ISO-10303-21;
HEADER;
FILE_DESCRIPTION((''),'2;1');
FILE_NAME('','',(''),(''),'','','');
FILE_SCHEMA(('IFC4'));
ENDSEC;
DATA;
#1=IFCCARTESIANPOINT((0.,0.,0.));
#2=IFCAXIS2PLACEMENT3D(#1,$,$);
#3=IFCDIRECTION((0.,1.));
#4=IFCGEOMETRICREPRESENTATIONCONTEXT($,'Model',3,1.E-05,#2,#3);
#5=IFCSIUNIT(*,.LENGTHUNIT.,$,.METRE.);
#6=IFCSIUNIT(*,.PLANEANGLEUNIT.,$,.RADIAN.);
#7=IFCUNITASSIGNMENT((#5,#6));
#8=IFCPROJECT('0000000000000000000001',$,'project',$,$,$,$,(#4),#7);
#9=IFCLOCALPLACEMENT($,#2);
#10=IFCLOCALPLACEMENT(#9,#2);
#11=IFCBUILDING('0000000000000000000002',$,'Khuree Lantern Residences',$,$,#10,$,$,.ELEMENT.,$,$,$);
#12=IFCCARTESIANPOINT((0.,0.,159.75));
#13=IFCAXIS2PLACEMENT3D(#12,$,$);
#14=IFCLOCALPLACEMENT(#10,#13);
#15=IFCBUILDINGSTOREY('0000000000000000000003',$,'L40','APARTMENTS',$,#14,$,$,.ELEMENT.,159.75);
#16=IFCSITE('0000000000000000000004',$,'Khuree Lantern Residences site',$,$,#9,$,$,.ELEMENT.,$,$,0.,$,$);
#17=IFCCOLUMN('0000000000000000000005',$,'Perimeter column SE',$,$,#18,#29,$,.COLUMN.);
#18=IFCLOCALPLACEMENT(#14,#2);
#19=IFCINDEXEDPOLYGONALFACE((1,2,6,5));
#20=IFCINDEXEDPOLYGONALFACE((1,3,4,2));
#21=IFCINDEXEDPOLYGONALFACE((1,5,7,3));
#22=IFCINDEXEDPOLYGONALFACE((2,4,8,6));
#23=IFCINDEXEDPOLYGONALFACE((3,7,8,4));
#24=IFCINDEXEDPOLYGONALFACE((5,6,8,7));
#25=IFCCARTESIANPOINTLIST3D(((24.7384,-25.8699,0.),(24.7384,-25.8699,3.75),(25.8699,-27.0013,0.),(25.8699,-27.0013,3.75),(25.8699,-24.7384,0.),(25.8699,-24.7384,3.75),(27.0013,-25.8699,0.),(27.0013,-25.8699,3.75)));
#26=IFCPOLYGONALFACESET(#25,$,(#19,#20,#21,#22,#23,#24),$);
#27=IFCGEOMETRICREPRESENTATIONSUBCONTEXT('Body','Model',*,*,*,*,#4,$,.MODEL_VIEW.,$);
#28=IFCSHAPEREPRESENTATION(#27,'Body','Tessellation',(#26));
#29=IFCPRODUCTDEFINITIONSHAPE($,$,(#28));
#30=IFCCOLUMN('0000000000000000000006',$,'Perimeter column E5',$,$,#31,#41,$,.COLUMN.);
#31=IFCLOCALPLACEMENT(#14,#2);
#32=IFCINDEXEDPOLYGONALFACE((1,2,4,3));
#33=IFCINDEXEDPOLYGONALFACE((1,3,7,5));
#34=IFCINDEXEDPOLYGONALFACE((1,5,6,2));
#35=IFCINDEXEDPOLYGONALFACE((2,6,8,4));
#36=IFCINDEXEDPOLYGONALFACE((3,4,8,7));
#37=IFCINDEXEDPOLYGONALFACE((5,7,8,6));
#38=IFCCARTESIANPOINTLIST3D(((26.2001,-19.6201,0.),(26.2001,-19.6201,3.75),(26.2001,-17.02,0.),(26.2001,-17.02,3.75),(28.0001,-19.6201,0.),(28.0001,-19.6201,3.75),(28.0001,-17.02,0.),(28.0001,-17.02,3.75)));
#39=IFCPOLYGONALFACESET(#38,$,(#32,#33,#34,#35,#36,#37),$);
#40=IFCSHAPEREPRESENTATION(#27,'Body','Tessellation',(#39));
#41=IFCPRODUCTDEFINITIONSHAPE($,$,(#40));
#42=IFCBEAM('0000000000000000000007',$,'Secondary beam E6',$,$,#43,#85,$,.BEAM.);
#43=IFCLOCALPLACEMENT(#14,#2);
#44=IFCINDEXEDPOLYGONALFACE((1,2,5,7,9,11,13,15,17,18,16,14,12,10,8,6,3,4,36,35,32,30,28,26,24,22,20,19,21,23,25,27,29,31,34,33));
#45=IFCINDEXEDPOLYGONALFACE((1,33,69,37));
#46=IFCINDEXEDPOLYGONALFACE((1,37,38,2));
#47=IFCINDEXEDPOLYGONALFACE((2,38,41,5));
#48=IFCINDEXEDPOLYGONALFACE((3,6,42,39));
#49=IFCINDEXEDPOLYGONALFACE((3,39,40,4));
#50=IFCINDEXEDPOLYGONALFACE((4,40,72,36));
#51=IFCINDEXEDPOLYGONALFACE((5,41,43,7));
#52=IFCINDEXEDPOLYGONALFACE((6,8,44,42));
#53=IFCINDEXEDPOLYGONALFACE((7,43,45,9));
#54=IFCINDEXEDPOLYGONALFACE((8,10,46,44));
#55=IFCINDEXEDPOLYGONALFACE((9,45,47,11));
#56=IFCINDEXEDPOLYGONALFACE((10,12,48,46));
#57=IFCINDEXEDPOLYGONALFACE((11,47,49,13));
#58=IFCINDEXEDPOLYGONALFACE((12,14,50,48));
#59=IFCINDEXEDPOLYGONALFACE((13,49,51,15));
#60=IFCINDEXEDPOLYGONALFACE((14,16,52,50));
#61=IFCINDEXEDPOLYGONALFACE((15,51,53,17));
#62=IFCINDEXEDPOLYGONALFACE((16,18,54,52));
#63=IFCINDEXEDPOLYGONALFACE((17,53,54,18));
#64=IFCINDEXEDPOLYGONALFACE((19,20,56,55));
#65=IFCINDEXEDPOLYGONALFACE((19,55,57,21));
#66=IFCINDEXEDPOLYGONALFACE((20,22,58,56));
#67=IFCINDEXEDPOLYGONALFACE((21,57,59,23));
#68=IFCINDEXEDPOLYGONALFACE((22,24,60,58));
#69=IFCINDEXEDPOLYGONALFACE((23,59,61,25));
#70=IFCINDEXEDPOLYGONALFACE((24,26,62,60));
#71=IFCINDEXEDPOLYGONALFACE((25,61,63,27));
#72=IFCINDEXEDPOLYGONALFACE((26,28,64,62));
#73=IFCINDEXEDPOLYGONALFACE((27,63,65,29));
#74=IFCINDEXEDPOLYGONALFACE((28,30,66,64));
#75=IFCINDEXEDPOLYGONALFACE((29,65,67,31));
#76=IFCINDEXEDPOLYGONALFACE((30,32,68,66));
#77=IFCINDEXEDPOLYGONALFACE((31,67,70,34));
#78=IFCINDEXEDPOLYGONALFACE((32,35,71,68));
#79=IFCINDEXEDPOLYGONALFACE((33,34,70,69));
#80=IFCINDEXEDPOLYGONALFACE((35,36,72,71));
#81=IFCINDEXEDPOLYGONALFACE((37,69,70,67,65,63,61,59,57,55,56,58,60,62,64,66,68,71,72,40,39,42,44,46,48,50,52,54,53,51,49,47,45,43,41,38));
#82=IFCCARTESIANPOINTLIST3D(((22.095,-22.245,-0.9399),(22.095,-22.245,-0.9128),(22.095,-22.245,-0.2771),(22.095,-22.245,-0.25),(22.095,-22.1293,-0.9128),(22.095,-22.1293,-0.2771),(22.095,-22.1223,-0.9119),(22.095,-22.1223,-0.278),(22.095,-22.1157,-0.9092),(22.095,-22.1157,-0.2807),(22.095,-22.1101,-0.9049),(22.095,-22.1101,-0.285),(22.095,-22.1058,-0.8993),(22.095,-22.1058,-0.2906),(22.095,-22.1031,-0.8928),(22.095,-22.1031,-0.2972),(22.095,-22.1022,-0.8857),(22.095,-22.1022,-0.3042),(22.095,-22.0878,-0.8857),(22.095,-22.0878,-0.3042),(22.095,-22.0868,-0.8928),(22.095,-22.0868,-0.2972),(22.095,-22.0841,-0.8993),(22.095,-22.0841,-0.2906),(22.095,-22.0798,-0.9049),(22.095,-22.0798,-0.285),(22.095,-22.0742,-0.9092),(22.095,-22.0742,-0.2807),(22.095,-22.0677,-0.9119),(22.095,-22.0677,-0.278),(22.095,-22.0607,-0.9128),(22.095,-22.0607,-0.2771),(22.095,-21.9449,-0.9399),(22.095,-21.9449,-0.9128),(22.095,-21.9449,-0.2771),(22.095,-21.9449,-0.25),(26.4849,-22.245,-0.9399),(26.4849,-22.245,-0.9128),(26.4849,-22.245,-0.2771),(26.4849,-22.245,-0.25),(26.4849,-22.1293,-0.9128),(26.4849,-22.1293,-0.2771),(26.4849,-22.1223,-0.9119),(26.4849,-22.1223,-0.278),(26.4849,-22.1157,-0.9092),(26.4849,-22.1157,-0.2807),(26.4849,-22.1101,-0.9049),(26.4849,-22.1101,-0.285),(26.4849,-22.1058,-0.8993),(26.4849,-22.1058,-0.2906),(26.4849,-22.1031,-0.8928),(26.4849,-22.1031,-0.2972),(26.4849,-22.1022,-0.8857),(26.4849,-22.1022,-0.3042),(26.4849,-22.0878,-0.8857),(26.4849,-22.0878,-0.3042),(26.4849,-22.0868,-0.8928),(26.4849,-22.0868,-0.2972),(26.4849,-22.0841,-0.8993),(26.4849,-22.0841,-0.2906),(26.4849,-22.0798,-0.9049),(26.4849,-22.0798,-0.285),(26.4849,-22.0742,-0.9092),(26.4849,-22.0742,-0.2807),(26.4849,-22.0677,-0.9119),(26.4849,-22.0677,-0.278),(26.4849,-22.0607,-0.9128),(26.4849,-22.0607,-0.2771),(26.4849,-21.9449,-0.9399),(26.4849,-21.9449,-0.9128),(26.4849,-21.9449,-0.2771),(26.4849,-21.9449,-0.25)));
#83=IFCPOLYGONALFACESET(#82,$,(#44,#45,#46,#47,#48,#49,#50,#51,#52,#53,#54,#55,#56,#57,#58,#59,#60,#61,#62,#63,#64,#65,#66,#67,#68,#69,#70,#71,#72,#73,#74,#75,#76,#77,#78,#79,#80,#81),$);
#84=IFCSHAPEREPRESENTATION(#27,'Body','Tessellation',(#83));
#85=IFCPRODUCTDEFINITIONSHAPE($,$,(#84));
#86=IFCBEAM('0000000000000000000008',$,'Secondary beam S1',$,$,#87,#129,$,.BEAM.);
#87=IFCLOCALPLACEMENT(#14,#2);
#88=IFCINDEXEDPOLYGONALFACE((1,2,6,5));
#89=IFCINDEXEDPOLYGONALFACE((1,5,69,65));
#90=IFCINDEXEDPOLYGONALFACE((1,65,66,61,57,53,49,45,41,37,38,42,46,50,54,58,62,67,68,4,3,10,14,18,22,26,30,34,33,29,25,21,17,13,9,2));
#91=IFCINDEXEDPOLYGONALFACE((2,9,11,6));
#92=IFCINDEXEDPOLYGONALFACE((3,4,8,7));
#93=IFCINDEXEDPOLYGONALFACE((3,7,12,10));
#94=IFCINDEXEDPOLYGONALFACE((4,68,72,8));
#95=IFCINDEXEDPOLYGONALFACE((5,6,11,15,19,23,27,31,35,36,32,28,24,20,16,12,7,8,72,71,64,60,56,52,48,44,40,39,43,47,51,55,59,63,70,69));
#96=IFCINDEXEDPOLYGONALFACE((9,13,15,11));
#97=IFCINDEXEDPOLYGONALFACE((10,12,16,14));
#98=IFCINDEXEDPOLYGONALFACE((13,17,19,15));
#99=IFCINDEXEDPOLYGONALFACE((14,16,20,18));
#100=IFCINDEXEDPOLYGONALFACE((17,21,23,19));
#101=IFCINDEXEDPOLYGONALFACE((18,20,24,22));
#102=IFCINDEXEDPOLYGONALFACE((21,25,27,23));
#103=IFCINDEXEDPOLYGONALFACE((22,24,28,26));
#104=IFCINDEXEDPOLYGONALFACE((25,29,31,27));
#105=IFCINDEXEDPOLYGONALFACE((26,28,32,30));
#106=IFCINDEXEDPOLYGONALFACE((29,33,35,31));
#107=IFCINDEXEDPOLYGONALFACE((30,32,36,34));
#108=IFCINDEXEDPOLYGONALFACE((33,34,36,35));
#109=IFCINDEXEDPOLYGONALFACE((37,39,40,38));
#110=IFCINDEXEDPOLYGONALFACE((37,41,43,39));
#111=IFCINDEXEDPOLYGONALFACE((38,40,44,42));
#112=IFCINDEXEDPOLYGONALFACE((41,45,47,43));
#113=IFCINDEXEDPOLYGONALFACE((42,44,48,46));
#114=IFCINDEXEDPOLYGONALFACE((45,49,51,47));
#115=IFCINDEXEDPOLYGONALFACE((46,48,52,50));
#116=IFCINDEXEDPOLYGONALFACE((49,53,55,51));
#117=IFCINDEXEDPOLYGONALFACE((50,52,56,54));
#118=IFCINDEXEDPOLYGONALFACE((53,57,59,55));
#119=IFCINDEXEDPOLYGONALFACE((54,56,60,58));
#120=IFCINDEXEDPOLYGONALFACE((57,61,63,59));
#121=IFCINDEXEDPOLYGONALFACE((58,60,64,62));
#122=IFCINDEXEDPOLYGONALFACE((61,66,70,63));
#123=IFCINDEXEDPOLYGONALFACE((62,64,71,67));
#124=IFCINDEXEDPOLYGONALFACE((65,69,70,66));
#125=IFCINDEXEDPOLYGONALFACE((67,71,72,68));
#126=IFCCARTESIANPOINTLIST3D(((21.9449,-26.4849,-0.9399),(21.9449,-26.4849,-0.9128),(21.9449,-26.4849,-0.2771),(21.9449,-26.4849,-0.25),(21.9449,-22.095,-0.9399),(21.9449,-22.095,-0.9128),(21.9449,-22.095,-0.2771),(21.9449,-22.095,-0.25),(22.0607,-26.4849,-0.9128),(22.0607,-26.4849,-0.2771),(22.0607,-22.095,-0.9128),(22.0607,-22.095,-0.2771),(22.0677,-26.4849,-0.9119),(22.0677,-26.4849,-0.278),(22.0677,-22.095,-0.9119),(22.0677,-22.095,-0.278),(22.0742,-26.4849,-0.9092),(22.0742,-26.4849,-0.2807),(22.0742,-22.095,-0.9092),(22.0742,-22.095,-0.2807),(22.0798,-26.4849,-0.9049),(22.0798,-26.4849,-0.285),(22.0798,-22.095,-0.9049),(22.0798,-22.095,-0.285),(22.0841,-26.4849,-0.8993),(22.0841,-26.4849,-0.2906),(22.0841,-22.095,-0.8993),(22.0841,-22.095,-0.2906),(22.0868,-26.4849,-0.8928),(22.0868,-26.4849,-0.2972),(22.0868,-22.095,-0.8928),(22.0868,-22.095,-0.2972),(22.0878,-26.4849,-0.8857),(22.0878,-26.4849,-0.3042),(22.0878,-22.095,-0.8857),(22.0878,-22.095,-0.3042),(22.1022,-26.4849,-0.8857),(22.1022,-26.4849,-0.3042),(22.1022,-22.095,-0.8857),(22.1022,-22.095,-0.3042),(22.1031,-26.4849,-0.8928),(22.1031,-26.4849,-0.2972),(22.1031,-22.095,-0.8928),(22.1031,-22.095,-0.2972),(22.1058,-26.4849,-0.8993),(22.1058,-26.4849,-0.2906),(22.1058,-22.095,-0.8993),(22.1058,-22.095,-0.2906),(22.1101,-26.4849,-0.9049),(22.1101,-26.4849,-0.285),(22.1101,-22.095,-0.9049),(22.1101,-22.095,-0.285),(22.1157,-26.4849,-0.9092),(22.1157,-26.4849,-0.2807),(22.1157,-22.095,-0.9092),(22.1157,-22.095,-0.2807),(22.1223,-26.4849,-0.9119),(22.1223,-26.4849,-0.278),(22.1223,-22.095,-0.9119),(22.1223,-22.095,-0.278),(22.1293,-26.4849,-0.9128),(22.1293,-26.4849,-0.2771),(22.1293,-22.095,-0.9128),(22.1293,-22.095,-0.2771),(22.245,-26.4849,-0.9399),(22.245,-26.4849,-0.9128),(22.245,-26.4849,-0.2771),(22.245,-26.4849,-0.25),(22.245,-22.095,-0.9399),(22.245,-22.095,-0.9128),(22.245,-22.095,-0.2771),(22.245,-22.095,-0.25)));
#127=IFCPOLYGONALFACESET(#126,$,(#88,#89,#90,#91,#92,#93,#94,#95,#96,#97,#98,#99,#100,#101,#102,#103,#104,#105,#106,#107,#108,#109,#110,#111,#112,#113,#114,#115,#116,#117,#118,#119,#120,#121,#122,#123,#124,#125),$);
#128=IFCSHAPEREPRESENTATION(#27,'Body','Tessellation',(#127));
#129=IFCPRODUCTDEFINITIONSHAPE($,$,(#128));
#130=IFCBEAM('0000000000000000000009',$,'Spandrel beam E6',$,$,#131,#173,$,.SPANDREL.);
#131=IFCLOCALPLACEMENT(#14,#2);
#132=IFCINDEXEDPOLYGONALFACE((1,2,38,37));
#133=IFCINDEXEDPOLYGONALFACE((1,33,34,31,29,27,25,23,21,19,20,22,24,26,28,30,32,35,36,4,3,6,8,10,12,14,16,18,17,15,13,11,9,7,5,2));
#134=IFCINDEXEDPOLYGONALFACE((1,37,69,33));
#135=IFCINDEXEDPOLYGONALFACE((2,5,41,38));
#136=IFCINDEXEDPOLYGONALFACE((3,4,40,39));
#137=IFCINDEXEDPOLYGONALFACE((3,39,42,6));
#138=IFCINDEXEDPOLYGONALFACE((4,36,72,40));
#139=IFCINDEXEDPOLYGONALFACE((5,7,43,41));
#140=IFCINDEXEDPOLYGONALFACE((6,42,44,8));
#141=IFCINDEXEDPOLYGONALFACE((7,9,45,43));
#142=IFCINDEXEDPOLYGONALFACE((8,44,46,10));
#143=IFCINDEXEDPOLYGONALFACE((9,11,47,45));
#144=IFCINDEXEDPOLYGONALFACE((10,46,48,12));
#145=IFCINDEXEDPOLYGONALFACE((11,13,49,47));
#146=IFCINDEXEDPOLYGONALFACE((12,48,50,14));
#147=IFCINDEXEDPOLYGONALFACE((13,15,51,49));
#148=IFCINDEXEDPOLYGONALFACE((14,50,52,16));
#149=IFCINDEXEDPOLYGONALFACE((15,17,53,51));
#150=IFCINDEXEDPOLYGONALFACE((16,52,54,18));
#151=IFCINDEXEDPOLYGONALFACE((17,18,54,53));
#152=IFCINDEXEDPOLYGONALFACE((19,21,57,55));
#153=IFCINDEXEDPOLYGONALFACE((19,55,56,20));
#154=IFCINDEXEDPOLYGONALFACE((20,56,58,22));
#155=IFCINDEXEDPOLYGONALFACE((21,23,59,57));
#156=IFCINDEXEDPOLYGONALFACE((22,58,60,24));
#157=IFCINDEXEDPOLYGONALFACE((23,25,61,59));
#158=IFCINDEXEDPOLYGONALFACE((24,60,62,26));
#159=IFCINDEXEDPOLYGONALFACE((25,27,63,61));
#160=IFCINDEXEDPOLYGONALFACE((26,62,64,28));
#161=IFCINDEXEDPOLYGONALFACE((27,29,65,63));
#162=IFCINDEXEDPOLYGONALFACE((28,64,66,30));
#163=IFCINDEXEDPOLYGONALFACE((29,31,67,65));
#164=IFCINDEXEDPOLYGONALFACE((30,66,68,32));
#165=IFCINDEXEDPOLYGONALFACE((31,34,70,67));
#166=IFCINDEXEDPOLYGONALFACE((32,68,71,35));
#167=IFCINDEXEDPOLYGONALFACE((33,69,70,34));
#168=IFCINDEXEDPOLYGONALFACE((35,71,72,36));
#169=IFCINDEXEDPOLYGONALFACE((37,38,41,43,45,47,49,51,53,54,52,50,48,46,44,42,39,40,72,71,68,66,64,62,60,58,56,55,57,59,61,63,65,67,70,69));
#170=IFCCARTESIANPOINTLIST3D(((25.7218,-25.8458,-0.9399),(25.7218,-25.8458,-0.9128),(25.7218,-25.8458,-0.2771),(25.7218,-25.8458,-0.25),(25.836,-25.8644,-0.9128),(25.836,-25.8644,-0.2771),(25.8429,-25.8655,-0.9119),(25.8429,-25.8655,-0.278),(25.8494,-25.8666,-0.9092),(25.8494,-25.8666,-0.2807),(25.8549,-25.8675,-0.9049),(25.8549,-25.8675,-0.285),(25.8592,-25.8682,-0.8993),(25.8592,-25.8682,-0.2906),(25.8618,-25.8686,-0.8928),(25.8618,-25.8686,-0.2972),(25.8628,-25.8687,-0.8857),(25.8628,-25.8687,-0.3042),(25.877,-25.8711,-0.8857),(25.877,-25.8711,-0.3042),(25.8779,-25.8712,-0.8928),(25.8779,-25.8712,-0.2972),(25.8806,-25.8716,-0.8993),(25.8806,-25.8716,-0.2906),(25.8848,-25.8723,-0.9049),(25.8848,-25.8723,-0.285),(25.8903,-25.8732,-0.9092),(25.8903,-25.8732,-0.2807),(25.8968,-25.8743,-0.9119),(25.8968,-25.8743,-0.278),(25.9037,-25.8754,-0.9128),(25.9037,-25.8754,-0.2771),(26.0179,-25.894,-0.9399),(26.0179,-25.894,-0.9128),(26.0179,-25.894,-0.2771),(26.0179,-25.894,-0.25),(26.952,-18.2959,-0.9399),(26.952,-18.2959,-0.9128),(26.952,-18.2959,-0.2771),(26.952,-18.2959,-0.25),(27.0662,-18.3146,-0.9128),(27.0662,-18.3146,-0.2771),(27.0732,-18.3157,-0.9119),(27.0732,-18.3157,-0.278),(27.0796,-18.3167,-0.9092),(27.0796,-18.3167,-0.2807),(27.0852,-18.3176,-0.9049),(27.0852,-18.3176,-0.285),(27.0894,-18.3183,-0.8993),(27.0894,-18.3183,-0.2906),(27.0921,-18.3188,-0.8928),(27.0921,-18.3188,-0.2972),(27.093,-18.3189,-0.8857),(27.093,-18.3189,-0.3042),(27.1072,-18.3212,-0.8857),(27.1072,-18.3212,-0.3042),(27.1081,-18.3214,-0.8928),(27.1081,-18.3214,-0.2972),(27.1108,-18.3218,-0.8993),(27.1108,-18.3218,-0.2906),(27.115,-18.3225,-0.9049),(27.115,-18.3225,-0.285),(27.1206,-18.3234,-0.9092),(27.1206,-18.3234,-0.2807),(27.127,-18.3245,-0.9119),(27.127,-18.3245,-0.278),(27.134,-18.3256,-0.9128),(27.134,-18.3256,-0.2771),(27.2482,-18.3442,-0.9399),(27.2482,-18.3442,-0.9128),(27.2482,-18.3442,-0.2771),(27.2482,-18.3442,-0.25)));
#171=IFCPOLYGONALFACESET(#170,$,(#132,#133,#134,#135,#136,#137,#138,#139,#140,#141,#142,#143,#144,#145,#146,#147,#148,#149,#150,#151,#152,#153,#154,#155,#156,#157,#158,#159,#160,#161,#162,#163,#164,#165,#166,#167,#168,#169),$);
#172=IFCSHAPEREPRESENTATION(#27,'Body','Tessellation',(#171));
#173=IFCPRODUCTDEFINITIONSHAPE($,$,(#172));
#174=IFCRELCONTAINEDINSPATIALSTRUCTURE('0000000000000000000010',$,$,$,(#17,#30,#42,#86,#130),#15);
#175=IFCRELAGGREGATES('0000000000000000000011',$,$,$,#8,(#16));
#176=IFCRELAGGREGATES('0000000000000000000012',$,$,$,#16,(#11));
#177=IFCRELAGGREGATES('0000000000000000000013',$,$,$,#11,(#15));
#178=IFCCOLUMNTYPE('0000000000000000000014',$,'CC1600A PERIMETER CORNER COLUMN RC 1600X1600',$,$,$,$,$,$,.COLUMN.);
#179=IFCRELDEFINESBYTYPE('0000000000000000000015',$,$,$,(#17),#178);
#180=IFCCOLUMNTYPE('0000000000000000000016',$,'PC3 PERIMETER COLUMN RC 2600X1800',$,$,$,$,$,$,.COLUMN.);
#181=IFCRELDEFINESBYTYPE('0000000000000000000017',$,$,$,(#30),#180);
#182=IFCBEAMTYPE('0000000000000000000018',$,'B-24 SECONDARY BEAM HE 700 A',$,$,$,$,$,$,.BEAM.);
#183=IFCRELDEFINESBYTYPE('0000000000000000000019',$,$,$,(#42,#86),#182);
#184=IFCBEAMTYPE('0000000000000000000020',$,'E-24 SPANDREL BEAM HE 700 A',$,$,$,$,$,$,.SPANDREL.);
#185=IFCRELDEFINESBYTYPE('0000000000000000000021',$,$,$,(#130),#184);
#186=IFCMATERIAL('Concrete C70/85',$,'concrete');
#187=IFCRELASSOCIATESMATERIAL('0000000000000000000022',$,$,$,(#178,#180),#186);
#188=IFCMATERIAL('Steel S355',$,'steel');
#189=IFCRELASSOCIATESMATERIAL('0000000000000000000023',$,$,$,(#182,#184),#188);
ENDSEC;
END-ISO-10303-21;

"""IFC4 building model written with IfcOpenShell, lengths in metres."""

from ifc_helpers import new_model, si_unit, direction, frame, origin, origin_2d, place, context, subcontext, project, spatial, rectangle, i_section, extrude, material, material_profile, profile_set, type_object, element, save


model = new_model("IFC4")

# Units and contexts
model_context = context("Model", 3, precision=1e-05, world=origin(), true_north=direction((0.0, 1.0)))
body_context = subcontext(model_context, "Body", "Model", "MODEL_VIEW")
ifc_project = project(units=[si_unit("LENGTHUNIT", "METRE"), si_unit("PLANEANGLEUNIT", "RADIAN")], contexts=[model_context])

# Site, building, storey
site_placement = place(None, origin())
site = spatial("IfcSite", under=ifc_project, at=site_placement, Name="Khuree Lantern Residences site", CompositionType="ELEMENT", RefElevation=0.0)
building_placement = place(site_placement, origin())
building = spatial("IfcBuilding", under=site, at=building_placement, Name="Khuree Lantern Residences", CompositionType="ELEMENT")
storey_placement = place(building_placement, frame((0.0, 0.0, 159.75)))
storey = spatial("IfcBuildingStorey", under=building, at=storey_placement, Name="L40", Description="APARTMENTS", CompositionType="ELEMENT", Elevation=159.75)

# Columns
ifc_material_1 = material(Name="Concrete C70/85", Category="concrete")
ifc_material_profile_1 = material_profile(ifc_material_1, rectangle(XDim=1.6001, YDim=1.6001, at=origin_2d()), Name="RC 1600X1600")
ifc_profile_set_1 = profile_set([ifc_material_profile_1], Name="Concrete C70/85")
column_type_1 = type_object("IfcColumnType", Name="CC1600A PERIMETER CORNER COLUMN RC 1600X1600", PredefinedType="COLUMN", material=ifc_profile_set_1)
column_1_placement = place(storey_placement, frame((25.8699, -25.8699, 0.0), z_axis=(0.0, 0.0, 1.0), x_axis=(0.707107, 0.707107, 0.0)))
element("IfcColumn", 1, at=column_1_placement, inside=storey, type_object=column_type_1, Name="Perimeter column SE", PredefinedType="COLUMN", context=body_context, shape_type="SweptSolid", body=[
    extrude(rectangle(XDim=1.6001, YDim=1.6001, at=origin_2d()), origin(), (0.0, 0.0, 1.0), 3.75),
])
ifc_material_profile_2 = material_profile(ifc_material_1, rectangle(XDim=2.6001, YDim=1.8, at=origin_2d()), Name="RC 2600X1800")
ifc_profile_set_2 = profile_set([ifc_material_profile_2], Name="Concrete C70/85")
column_type_2 = type_object("IfcColumnType", Name="PC3 PERIMETER COLUMN RC 2600X1800", PredefinedType="COLUMN", material=ifc_profile_set_2)
column_2_placement = place(storey_placement, frame((27.1001, -18.3201, 0.0), z_axis=(0.0, 0.0, 1.0), x_axis=(0.0, 1.0, 0.0)))
element("IfcColumn", 2, at=column_2_placement, inside=storey, type_object=column_type_2, Name="Perimeter column E5", PredefinedType="COLUMN", context=body_context, shape_type="SweptSolid", body=[
    extrude(rectangle(XDim=2.6001, YDim=1.8, at=origin_2d()), origin(), (0.0, 0.0, 1.0), 3.75),
])

# Beams
ifc_material_2 = material(Name="Steel S355", Category="steel")
ifc_material_profile_3 = material_profile(ifc_material_2, i_section(OverallWidth=0.3, OverallDepth=0.6899, WebThickness=0.0144, FlangeThickness=0.0271, FilletRadius=0.0271, at=origin_2d()), Name="HE 700 A")
ifc_profile_set_3 = profile_set([ifc_material_profile_3], Name="Steel S355")
beam_type_1 = type_object("IfcBeamType", Name="B-24 SECONDARY BEAM HE 700 A", PredefinedType="BEAM", material=ifc_profile_set_3)
for number, where, z_axis, x_axis, name in (
    (3, (26.4849, -22.095, -0.595), (-1.0, 0.0, 0.0), (0.0, -1.0, 0.0), "Secondary beam E6"),
    (4, (22.095, -26.4849, -0.595), (0.0, 1.0, 0.0), (-1.0, 0.0, 0.0), "Secondary beam S1"),
):
    element("IfcBeam", number, at=place(storey_placement, frame(where, z_axis=z_axis, x_axis=x_axis)), inside=storey, type_object=beam_type_1, Name=name, PredefinedType="BEAM", context=body_context, shape_type="SweptSolid", body=[
        extrude(i_section(OverallWidth=0.3, OverallDepth=0.6899, WebThickness=0.0144, FlangeThickness=0.0271, FilletRadius=0.0271, at=origin_2d()), origin(), (0.0, 0.0, 1.0), 4.3899),
    ])
ifc_material_profile_4 = material_profile(ifc_material_2, i_section(OverallWidth=0.3, OverallDepth=0.6899, WebThickness=0.0144, FlangeThickness=0.0271, FilletRadius=0.0271, at=origin_2d()), Name="HE 700 A")
ifc_profile_set_4 = profile_set([ifc_material_profile_4], Name="Steel S355")
beam_type_2 = type_object("IfcBeamType", Name="E-24 SPANDREL BEAM HE 700 A", PredefinedType="SPANDREL", material=ifc_profile_set_4)
for number, where, z_axis, x_axis, name in (
    (5, (27.1001, -18.3201, -0.595), (-0.160827, -0.986983, 0.0), (0.986983, -0.160827, 0.0), "Spandrel beam E6"),
):
    element("IfcBeam", number, at=place(storey_placement, frame(where, z_axis=z_axis, x_axis=x_axis)), inside=storey, type_object=beam_type_2, Name=name, PredefinedType="SPANDREL", context=body_context, shape_type="SweptSolid", body=[
        extrude(i_section(OverallWidth=0.3, OverallDepth=0.6899, WebThickness=0.0144, FlangeThickness=0.0271, FilletRadius=0.0271, at=origin_2d()), origin(), (0.0, 0.0, 1.0), 7.6494),
    ])

save(model, "model.ifc")
